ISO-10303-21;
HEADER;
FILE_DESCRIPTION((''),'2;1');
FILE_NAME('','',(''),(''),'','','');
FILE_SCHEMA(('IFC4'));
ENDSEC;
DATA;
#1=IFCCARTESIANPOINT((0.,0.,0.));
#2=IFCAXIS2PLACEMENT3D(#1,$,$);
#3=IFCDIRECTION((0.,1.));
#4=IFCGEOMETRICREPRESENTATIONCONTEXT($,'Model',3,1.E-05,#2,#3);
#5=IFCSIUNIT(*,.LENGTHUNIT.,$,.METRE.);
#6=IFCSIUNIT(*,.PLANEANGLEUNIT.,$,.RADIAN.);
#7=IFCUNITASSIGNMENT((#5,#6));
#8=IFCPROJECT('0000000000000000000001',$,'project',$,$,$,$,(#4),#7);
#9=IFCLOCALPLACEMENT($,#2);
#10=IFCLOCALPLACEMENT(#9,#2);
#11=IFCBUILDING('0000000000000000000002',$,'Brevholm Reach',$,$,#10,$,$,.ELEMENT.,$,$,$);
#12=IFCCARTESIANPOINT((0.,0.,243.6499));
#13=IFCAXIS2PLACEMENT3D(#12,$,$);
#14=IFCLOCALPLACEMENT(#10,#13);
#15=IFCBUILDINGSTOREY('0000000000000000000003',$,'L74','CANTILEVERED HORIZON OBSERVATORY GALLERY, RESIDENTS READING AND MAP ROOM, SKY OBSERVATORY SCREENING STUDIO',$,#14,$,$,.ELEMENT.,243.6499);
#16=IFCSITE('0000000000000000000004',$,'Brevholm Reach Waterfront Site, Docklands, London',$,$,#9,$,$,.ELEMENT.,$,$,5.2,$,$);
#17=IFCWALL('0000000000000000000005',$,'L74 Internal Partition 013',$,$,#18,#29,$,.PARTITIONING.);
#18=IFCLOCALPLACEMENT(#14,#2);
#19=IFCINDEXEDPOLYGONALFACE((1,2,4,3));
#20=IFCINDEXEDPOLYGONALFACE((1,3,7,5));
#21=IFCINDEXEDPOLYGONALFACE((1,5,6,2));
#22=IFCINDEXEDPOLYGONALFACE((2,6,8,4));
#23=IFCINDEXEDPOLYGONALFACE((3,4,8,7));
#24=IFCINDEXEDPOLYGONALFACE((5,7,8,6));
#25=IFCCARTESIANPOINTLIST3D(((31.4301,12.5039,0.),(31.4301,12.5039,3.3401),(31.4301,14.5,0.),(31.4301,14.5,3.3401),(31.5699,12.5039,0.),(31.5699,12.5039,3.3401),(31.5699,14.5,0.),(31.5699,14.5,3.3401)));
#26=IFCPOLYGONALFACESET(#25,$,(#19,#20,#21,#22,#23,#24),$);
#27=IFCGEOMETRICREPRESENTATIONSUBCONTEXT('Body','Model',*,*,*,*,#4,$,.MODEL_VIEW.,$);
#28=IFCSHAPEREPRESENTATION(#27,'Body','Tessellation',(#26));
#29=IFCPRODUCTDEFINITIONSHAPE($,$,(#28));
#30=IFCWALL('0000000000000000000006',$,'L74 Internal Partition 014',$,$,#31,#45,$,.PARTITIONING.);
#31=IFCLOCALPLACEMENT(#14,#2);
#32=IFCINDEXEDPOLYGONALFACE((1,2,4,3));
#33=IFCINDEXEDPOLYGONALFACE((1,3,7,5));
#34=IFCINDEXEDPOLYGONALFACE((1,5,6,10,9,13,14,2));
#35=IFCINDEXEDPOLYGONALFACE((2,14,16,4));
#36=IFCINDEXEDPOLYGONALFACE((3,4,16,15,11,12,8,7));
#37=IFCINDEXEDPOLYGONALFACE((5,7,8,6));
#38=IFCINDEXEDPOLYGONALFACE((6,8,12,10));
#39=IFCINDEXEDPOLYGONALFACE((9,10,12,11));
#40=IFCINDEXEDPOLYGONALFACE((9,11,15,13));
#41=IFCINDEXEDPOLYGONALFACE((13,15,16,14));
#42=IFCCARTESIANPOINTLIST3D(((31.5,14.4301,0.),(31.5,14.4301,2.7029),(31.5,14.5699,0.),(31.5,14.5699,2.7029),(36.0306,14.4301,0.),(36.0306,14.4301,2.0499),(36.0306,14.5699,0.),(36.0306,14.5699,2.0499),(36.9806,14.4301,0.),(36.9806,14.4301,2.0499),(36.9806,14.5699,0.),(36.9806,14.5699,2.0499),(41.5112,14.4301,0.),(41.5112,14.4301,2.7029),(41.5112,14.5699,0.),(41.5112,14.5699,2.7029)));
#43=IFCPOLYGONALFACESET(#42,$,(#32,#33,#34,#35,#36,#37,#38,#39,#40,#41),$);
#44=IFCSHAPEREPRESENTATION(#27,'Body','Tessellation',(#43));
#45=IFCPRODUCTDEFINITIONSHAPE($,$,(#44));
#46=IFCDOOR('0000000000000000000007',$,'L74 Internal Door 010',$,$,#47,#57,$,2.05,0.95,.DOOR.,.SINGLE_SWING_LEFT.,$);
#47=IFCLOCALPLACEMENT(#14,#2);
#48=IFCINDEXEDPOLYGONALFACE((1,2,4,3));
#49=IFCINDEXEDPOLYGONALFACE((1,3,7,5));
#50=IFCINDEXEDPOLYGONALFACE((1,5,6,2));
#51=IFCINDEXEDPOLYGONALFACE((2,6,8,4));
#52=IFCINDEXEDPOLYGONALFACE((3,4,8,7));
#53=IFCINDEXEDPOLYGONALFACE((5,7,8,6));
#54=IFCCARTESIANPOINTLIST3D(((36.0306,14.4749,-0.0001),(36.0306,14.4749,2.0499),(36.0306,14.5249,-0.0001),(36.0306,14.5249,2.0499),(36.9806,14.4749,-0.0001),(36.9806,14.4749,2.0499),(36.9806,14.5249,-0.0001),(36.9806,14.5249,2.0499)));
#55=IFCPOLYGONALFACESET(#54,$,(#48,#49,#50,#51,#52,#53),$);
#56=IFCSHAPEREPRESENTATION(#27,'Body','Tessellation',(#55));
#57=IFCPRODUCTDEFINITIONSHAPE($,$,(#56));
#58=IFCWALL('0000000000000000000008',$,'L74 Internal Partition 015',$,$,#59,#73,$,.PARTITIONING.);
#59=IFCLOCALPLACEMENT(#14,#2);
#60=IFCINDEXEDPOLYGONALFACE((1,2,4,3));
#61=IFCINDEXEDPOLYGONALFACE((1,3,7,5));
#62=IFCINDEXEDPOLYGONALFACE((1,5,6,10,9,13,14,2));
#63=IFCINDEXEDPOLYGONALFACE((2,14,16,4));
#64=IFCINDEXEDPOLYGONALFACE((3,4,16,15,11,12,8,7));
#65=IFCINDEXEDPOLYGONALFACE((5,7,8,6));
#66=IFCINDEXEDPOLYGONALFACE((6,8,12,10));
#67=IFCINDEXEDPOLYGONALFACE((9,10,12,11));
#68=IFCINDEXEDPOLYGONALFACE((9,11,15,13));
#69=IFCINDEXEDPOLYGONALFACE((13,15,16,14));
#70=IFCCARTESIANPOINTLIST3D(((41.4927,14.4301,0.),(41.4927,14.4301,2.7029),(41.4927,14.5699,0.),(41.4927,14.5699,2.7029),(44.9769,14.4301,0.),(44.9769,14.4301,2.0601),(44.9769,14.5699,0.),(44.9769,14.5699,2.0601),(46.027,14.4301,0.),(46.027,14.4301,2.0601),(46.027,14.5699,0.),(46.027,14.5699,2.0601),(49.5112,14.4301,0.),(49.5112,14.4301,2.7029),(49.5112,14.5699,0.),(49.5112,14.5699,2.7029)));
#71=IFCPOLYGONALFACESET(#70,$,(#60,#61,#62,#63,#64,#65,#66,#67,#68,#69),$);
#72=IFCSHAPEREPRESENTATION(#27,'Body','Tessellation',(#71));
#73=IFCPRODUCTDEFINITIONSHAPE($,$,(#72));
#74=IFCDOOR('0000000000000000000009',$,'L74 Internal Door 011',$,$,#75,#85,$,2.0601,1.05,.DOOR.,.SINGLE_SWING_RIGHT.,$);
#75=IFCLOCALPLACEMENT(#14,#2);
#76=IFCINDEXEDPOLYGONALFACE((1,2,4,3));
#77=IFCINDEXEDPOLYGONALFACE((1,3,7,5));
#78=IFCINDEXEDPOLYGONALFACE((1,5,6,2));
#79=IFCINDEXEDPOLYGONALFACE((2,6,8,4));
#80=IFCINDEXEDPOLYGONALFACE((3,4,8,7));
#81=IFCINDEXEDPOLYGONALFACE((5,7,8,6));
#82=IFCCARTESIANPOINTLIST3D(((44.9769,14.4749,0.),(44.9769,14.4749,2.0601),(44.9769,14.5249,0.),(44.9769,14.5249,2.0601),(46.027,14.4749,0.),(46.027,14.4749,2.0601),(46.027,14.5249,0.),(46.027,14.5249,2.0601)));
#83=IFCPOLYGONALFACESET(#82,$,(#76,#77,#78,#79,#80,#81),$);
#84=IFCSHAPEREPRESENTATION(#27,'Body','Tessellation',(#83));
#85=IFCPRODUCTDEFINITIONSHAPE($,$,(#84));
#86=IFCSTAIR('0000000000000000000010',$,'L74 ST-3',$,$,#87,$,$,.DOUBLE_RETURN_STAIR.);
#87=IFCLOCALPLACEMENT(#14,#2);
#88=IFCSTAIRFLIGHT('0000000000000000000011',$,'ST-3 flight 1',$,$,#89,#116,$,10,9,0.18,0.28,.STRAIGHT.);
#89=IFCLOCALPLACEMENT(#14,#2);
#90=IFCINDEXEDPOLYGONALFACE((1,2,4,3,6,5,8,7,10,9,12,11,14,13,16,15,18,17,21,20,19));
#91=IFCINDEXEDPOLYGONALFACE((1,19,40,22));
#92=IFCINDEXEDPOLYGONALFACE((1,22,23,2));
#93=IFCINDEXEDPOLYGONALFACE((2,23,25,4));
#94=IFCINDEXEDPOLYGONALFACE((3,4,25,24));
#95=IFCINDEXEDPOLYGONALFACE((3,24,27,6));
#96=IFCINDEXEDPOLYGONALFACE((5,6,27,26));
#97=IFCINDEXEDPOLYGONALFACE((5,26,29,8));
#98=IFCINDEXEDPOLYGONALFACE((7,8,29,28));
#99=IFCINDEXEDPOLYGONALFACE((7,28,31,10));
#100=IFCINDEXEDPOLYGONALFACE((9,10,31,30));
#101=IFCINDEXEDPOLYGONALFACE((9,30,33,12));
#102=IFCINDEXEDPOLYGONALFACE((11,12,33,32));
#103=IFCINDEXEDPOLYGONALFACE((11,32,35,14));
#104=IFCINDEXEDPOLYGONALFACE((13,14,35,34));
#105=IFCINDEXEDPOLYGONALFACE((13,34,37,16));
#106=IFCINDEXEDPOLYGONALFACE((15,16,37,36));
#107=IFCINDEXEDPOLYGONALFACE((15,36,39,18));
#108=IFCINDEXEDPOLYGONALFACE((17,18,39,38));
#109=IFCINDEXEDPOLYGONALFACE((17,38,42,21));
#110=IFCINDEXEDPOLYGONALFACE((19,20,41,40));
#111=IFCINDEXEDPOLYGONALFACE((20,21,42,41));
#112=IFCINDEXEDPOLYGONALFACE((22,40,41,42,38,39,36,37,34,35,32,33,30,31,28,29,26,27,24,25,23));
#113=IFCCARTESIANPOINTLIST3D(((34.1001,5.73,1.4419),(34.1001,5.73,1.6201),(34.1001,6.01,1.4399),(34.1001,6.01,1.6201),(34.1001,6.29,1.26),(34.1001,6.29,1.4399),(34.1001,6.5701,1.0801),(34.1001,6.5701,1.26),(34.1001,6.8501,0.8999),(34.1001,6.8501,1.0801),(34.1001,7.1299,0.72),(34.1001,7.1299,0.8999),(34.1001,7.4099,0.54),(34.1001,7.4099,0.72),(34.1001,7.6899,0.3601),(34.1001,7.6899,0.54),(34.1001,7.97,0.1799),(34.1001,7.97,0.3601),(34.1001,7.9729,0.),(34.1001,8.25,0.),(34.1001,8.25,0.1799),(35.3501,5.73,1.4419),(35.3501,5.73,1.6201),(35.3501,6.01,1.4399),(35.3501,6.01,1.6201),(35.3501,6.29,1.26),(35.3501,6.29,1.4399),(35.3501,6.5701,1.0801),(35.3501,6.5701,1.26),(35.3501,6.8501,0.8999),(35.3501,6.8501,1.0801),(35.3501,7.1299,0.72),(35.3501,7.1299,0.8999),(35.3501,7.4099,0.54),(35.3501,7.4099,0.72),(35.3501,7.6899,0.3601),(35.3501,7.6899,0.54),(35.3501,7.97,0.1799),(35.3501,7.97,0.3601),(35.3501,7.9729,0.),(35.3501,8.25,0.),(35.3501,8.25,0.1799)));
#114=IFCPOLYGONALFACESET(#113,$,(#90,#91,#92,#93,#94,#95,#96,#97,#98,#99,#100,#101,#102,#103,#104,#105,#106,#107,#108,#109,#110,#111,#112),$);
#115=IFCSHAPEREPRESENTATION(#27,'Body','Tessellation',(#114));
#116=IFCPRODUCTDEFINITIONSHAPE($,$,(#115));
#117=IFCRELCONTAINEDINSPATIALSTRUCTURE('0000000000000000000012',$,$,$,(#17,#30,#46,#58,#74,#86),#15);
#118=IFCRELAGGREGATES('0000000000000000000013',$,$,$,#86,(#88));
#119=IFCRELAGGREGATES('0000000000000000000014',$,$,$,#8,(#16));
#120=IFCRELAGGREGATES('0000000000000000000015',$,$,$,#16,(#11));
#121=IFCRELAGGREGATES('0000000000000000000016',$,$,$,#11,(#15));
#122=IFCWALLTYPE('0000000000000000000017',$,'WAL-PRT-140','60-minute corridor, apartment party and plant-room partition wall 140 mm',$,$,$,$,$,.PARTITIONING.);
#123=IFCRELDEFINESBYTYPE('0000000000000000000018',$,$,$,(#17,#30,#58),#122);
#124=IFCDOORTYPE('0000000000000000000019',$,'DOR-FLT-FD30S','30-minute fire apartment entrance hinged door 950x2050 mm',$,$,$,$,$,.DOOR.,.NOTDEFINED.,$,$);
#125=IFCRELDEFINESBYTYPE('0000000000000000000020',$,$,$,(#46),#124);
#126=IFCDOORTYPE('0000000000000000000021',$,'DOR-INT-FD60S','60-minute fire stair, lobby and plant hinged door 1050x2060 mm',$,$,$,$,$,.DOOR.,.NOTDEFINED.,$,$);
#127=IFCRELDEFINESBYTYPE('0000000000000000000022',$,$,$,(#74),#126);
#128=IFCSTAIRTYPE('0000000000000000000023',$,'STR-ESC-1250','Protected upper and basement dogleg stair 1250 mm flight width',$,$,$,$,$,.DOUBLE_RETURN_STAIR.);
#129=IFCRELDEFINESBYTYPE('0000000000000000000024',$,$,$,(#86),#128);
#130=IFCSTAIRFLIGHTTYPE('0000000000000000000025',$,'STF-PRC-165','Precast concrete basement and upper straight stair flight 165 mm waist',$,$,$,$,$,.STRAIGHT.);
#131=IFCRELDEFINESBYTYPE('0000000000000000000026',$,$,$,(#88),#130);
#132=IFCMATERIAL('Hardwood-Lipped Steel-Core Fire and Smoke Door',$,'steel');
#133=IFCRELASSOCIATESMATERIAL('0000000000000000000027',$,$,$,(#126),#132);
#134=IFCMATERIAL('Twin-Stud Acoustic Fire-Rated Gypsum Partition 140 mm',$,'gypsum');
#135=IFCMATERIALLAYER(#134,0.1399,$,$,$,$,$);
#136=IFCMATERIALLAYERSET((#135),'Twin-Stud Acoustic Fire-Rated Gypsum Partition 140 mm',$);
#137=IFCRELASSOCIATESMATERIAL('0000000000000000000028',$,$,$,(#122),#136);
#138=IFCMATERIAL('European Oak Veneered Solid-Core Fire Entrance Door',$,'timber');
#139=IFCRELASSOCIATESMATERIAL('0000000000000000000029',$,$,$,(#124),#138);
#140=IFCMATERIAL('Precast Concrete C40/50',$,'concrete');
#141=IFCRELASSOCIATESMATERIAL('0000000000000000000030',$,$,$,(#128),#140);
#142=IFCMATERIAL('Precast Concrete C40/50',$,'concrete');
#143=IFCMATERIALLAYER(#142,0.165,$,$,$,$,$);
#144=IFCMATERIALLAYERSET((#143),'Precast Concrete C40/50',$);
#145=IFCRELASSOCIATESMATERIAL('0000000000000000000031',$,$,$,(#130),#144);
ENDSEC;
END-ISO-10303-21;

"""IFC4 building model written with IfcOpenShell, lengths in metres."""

from ifc_helpers import new_model, si_unit, direction, frame, frame_2d, origin, place, context, subcontext, project, spatial, polyline, rectangle, outline, extrude, material, layer, layer_set, type_object, element, fill, aggregate, save


model = new_model("IFC4")

# Units and contexts
model_context = context("Model", 3, precision=1e-05, world=origin(), true_north=direction((0.0, 1.0)))
body_context = subcontext(model_context, "Body", "Model", "MODEL_VIEW")
ifc_project = project(units=[si_unit("LENGTHUNIT", "METRE"), si_unit("PLANEANGLEUNIT", "RADIAN")], contexts=[model_context])

# Site, building, storey
site_placement = place(None, origin())
site = spatial("IfcSite", under=ifc_project, at=site_placement, Name="Brevholm Reach Waterfront Site, Docklands, London", CompositionType="ELEMENT", RefElevation=5.2)
building_placement = place(site_placement, origin())
building = spatial("IfcBuilding", under=site, at=building_placement, Name="Brevholm Reach", CompositionType="ELEMENT")
storey_placement = place(building_placement, frame((0.0, 0.0, 243.6499)))
storey = spatial("IfcBuildingStorey", under=building, at=storey_placement, Name="L74", Description="CANTILEVERED HORIZON OBSERVATORY GALLERY, RESIDENTS READING AND MAP ROOM, SKY OBSERVATORY SCREENING STUDIO", CompositionType="ELEMENT", Elevation=243.6499)

# Shared definitions
ifc_material_1 = material(Name="Hardwood-Lipped Steel-Core Fire and Smoke Door", Category="steel")
door_type_1 = type_object("IfcDoorType", Name="DOR-INT-FD60S", Description="60-minute fire stair, lobby and plant hinged door 1050x2060 mm", OperationType="NOTDEFINED", PredefinedType="DOOR", material=ifc_material_1)

# Shared definitions
ifc_material_2 = material(Name="Twin-Stud Acoustic Fire-Rated Gypsum Partition 140 mm", Category="gypsum")
ifc_layer_1 = layer(ifc_material_2, 0.1399)
ifc_layer_set_1 = layer_set([ifc_layer_1], Name="Twin-Stud Acoustic Fire-Rated Gypsum Partition 140 mm")
wall_type_1 = type_object("IfcWallType", Name="WAL-PRT-140", Description="60-minute corridor, apartment party and plant-room partition wall 140 mm", PredefinedType="PARTITIONING", material=ifc_layer_set_1)
ifc_material_3 = material(Name="European Oak Veneered Solid-Core Fire Entrance Door", Category="timber")
door_type_2 = type_object("IfcDoorType", Name="DOR-FLT-FD30S", Description="30-minute fire apartment entrance hinged door 950x2050 mm", OperationType="NOTDEFINED", PredefinedType="DOOR", material=ifc_material_3)

# Wall
wall_1_placement = place(storey_placement, frame((31.5, 12.5039, 0.0), z_axis=(0.0, 0.0, 1.0), x_axis=(0.0, 1.0, 0.0)))
element("IfcWall", 1, at=wall_1_placement, inside=storey, type_object=wall_type_1, Name="L74 Internal Partition 013", PredefinedType="PARTITIONING", context=body_context, shape_type="SweptSolid", body=[
    extrude(rectangle(XDim=1.9961, YDim=0.1399, at=frame_2d((0.998, 0.0))), origin(), (0.0, 0.0, 1.0), 3.3401),
])

# Walls, openings, doors
wall_2_placement = place(storey_placement, frame((31.5, 14.5, 0.0), z_axis=(0.0, 0.0, 1.0), x_axis=(1.0, 0.0, 0.0)))
wall_2 = element("IfcWall", 2, at=wall_2_placement, inside=storey, type_object=wall_type_1, Name="L74 Internal Partition 014", PredefinedType="PARTITIONING", context=body_context, shape_type="SweptSolid", body=[
    extrude(rectangle(XDim=10.0112, YDim=0.1399, at=frame_2d((5.0056, 0.0))), origin(), (0.0, 0.0, 1.0), 2.7029),
])
opening_1_placement = place(wall_2_placement, frame((4.5305, 0.0, 0.0)))
opening_1 = element("IfcOpeningElement", 3, at=opening_1_placement, cuts=wall_2, PredefinedType="OPENING", context=body_context, shape_type="SweptSolid", body=[
    extrude(rectangle(XDim=0.95, YDim=2.05, at=frame_2d((0.4751, 1.0249))), frame((0.0, 0.0798, 0.0), z_axis=(0.0, -1.0, 0.0), x_axis=(1.0, 0.0, 0.0)), (0.0, 0.0, 1.0), 0.1599),
])
door_1_placement = place(opening_1_placement, origin())
door_1 = element("IfcDoor", 4, at=door_1_placement, inside=storey, type_object=door_type_2, Name="L74 Internal Door 010", OperationType="SINGLE_SWING_LEFT", OverallHeight=2.05, OverallWidth=0.95, PredefinedType="DOOR", context=body_context, shape_type="SweptSolid", body=[
    extrude(rectangle(XDim=0.95, YDim=2.05, at=frame_2d((0.4751, 1.0249))), frame((0.0, 0.0249, 0.0), z_axis=(0.0, -1.0, 0.0), x_axis=(1.0, 0.0, 0.0)), (0.0, 0.0, 1.0), 0.05),
])
fill(opening_1, door_1)
wall_3_placement = place(storey_placement, frame((41.4927, 14.5, 0.0), z_axis=(0.0, 0.0, 1.0), x_axis=(1.0, 0.0, 0.0)))
wall_3 = element("IfcWall", 5, at=wall_3_placement, inside=storey, type_object=wall_type_1, Name="L74 Internal Partition 015", PredefinedType="PARTITIONING", context=body_context, shape_type="SweptSolid", body=[
    extrude(rectangle(XDim=8.0186, YDim=0.1399, at=frame_2d((4.0093, 0.0))), origin(), (0.0, 0.0, 1.0), 2.7029),
])
opening_2_placement = place(wall_3_placement, frame((3.4844, 0.0, 0.0)))
opening_2 = element("IfcOpeningElement", 6, at=opening_2_placement, cuts=wall_3, PredefinedType="OPENING", context=body_context, shape_type="SweptSolid", body=[
    extrude(rectangle(XDim=1.05, YDim=2.0601, at=frame_2d((0.5249, 1.03))), frame((0.0, 0.0798, 0.0), z_axis=(0.0, -1.0, 0.0), x_axis=(1.0, 0.0, 0.0)), (0.0, 0.0, 1.0), 0.1599),
])
door_2_placement = place(opening_2_placement, origin())
door_2 = element("IfcDoor", 7, at=door_2_placement, inside=storey, type_object=door_type_1, Name="L74 Internal Door 011", OperationType="SINGLE_SWING_RIGHT", OverallHeight=2.0601, OverallWidth=1.05, PredefinedType="DOOR", context=body_context, shape_type="SweptSolid", body=[
    extrude(rectangle(XDim=1.05, YDim=2.0601, at=frame_2d((0.5249, 1.03))), frame((0.0, 0.0249, 0.0), z_axis=(0.0, -1.0, 0.0), x_axis=(1.0, 0.0, 0.0)), (0.0, 0.0, 1.0), 0.05),
])
fill(opening_2, door_2)

# Stair, stair flight
ifc_material_4 = material(Name="Precast Concrete C40/50", Category="concrete")
stair_type = type_object("IfcStairType", Name="STR-ESC-1250", Description="Protected upper and basement dogleg stair 1250 mm flight width", PredefinedType="DOUBLE_RETURN_STAIR", material=ifc_material_4)
stair_placement = place(storey_placement, origin())
stair = element("IfcStair", 8, at=stair_placement, inside=storey, type_object=stair_type, Name="L74 ST-3", PredefinedType="DOUBLE_RETURN_STAIR")
ifc_material_5 = material(Name="Precast Concrete C40/50", Category="concrete")
ifc_layer_2 = layer(ifc_material_5, 0.165)
ifc_layer_set_2 = layer_set([ifc_layer_2], Name="Precast Concrete C40/50")
stair_flight_type = type_object("IfcStairFlightType", Name="STF-PRC-165", Description="Precast concrete basement and upper straight stair flight 165 mm waist", PredefinedType="STRAIGHT", material=ifc_layer_set_2)
stair_flight_placement = place(storey_placement, frame((34.7251, 8.25, 0.0), z_axis=(0.0, 0.0, 1.0), x_axis=(0.0, -1.0, 0.0)))
stair_flight = element("IfcStairFlight", 9, at=stair_flight_placement, type_object=stair_flight_type, Name="ST-3 flight 1", NumberOfRisers=10, NumberOfTreads=9, PredefinedType="STRAIGHT", RiserHeight=0.18, TreadLength=0.28, context=body_context, shape_type="SweptSolid", body=[
    extrude(outline(polyline([(0.0, 0.0), (0.0, 0.1799), (0.28, 0.1799), (0.28, 0.3601), (0.5601, 0.3601), (0.5601, 0.54), (0.8401, 0.54), (0.8401, 0.72), (1.1201, 0.72), (1.1201, 0.8999), (1.3999, 0.8999), (1.3999, 1.0801), (1.6799, 1.0801), (1.6799, 1.26), (1.96, 1.26), (1.96, 1.4399), (2.24, 1.4399), (2.24, 1.6201), (2.52, 1.6201), (2.52, 1.8), (2.52, 1.4419), (0.2771, 0.0), (0.0, 0.0)])), frame((0.0, 0.625, 0.0), z_axis=(0.0, -1.0, 0.0), x_axis=(1.0, 0.0, 0.0)), (0.0, 0.0, 1.0), 1.25),
])
aggregate(stair, [stair_flight])

save(model, "model.ifc")
